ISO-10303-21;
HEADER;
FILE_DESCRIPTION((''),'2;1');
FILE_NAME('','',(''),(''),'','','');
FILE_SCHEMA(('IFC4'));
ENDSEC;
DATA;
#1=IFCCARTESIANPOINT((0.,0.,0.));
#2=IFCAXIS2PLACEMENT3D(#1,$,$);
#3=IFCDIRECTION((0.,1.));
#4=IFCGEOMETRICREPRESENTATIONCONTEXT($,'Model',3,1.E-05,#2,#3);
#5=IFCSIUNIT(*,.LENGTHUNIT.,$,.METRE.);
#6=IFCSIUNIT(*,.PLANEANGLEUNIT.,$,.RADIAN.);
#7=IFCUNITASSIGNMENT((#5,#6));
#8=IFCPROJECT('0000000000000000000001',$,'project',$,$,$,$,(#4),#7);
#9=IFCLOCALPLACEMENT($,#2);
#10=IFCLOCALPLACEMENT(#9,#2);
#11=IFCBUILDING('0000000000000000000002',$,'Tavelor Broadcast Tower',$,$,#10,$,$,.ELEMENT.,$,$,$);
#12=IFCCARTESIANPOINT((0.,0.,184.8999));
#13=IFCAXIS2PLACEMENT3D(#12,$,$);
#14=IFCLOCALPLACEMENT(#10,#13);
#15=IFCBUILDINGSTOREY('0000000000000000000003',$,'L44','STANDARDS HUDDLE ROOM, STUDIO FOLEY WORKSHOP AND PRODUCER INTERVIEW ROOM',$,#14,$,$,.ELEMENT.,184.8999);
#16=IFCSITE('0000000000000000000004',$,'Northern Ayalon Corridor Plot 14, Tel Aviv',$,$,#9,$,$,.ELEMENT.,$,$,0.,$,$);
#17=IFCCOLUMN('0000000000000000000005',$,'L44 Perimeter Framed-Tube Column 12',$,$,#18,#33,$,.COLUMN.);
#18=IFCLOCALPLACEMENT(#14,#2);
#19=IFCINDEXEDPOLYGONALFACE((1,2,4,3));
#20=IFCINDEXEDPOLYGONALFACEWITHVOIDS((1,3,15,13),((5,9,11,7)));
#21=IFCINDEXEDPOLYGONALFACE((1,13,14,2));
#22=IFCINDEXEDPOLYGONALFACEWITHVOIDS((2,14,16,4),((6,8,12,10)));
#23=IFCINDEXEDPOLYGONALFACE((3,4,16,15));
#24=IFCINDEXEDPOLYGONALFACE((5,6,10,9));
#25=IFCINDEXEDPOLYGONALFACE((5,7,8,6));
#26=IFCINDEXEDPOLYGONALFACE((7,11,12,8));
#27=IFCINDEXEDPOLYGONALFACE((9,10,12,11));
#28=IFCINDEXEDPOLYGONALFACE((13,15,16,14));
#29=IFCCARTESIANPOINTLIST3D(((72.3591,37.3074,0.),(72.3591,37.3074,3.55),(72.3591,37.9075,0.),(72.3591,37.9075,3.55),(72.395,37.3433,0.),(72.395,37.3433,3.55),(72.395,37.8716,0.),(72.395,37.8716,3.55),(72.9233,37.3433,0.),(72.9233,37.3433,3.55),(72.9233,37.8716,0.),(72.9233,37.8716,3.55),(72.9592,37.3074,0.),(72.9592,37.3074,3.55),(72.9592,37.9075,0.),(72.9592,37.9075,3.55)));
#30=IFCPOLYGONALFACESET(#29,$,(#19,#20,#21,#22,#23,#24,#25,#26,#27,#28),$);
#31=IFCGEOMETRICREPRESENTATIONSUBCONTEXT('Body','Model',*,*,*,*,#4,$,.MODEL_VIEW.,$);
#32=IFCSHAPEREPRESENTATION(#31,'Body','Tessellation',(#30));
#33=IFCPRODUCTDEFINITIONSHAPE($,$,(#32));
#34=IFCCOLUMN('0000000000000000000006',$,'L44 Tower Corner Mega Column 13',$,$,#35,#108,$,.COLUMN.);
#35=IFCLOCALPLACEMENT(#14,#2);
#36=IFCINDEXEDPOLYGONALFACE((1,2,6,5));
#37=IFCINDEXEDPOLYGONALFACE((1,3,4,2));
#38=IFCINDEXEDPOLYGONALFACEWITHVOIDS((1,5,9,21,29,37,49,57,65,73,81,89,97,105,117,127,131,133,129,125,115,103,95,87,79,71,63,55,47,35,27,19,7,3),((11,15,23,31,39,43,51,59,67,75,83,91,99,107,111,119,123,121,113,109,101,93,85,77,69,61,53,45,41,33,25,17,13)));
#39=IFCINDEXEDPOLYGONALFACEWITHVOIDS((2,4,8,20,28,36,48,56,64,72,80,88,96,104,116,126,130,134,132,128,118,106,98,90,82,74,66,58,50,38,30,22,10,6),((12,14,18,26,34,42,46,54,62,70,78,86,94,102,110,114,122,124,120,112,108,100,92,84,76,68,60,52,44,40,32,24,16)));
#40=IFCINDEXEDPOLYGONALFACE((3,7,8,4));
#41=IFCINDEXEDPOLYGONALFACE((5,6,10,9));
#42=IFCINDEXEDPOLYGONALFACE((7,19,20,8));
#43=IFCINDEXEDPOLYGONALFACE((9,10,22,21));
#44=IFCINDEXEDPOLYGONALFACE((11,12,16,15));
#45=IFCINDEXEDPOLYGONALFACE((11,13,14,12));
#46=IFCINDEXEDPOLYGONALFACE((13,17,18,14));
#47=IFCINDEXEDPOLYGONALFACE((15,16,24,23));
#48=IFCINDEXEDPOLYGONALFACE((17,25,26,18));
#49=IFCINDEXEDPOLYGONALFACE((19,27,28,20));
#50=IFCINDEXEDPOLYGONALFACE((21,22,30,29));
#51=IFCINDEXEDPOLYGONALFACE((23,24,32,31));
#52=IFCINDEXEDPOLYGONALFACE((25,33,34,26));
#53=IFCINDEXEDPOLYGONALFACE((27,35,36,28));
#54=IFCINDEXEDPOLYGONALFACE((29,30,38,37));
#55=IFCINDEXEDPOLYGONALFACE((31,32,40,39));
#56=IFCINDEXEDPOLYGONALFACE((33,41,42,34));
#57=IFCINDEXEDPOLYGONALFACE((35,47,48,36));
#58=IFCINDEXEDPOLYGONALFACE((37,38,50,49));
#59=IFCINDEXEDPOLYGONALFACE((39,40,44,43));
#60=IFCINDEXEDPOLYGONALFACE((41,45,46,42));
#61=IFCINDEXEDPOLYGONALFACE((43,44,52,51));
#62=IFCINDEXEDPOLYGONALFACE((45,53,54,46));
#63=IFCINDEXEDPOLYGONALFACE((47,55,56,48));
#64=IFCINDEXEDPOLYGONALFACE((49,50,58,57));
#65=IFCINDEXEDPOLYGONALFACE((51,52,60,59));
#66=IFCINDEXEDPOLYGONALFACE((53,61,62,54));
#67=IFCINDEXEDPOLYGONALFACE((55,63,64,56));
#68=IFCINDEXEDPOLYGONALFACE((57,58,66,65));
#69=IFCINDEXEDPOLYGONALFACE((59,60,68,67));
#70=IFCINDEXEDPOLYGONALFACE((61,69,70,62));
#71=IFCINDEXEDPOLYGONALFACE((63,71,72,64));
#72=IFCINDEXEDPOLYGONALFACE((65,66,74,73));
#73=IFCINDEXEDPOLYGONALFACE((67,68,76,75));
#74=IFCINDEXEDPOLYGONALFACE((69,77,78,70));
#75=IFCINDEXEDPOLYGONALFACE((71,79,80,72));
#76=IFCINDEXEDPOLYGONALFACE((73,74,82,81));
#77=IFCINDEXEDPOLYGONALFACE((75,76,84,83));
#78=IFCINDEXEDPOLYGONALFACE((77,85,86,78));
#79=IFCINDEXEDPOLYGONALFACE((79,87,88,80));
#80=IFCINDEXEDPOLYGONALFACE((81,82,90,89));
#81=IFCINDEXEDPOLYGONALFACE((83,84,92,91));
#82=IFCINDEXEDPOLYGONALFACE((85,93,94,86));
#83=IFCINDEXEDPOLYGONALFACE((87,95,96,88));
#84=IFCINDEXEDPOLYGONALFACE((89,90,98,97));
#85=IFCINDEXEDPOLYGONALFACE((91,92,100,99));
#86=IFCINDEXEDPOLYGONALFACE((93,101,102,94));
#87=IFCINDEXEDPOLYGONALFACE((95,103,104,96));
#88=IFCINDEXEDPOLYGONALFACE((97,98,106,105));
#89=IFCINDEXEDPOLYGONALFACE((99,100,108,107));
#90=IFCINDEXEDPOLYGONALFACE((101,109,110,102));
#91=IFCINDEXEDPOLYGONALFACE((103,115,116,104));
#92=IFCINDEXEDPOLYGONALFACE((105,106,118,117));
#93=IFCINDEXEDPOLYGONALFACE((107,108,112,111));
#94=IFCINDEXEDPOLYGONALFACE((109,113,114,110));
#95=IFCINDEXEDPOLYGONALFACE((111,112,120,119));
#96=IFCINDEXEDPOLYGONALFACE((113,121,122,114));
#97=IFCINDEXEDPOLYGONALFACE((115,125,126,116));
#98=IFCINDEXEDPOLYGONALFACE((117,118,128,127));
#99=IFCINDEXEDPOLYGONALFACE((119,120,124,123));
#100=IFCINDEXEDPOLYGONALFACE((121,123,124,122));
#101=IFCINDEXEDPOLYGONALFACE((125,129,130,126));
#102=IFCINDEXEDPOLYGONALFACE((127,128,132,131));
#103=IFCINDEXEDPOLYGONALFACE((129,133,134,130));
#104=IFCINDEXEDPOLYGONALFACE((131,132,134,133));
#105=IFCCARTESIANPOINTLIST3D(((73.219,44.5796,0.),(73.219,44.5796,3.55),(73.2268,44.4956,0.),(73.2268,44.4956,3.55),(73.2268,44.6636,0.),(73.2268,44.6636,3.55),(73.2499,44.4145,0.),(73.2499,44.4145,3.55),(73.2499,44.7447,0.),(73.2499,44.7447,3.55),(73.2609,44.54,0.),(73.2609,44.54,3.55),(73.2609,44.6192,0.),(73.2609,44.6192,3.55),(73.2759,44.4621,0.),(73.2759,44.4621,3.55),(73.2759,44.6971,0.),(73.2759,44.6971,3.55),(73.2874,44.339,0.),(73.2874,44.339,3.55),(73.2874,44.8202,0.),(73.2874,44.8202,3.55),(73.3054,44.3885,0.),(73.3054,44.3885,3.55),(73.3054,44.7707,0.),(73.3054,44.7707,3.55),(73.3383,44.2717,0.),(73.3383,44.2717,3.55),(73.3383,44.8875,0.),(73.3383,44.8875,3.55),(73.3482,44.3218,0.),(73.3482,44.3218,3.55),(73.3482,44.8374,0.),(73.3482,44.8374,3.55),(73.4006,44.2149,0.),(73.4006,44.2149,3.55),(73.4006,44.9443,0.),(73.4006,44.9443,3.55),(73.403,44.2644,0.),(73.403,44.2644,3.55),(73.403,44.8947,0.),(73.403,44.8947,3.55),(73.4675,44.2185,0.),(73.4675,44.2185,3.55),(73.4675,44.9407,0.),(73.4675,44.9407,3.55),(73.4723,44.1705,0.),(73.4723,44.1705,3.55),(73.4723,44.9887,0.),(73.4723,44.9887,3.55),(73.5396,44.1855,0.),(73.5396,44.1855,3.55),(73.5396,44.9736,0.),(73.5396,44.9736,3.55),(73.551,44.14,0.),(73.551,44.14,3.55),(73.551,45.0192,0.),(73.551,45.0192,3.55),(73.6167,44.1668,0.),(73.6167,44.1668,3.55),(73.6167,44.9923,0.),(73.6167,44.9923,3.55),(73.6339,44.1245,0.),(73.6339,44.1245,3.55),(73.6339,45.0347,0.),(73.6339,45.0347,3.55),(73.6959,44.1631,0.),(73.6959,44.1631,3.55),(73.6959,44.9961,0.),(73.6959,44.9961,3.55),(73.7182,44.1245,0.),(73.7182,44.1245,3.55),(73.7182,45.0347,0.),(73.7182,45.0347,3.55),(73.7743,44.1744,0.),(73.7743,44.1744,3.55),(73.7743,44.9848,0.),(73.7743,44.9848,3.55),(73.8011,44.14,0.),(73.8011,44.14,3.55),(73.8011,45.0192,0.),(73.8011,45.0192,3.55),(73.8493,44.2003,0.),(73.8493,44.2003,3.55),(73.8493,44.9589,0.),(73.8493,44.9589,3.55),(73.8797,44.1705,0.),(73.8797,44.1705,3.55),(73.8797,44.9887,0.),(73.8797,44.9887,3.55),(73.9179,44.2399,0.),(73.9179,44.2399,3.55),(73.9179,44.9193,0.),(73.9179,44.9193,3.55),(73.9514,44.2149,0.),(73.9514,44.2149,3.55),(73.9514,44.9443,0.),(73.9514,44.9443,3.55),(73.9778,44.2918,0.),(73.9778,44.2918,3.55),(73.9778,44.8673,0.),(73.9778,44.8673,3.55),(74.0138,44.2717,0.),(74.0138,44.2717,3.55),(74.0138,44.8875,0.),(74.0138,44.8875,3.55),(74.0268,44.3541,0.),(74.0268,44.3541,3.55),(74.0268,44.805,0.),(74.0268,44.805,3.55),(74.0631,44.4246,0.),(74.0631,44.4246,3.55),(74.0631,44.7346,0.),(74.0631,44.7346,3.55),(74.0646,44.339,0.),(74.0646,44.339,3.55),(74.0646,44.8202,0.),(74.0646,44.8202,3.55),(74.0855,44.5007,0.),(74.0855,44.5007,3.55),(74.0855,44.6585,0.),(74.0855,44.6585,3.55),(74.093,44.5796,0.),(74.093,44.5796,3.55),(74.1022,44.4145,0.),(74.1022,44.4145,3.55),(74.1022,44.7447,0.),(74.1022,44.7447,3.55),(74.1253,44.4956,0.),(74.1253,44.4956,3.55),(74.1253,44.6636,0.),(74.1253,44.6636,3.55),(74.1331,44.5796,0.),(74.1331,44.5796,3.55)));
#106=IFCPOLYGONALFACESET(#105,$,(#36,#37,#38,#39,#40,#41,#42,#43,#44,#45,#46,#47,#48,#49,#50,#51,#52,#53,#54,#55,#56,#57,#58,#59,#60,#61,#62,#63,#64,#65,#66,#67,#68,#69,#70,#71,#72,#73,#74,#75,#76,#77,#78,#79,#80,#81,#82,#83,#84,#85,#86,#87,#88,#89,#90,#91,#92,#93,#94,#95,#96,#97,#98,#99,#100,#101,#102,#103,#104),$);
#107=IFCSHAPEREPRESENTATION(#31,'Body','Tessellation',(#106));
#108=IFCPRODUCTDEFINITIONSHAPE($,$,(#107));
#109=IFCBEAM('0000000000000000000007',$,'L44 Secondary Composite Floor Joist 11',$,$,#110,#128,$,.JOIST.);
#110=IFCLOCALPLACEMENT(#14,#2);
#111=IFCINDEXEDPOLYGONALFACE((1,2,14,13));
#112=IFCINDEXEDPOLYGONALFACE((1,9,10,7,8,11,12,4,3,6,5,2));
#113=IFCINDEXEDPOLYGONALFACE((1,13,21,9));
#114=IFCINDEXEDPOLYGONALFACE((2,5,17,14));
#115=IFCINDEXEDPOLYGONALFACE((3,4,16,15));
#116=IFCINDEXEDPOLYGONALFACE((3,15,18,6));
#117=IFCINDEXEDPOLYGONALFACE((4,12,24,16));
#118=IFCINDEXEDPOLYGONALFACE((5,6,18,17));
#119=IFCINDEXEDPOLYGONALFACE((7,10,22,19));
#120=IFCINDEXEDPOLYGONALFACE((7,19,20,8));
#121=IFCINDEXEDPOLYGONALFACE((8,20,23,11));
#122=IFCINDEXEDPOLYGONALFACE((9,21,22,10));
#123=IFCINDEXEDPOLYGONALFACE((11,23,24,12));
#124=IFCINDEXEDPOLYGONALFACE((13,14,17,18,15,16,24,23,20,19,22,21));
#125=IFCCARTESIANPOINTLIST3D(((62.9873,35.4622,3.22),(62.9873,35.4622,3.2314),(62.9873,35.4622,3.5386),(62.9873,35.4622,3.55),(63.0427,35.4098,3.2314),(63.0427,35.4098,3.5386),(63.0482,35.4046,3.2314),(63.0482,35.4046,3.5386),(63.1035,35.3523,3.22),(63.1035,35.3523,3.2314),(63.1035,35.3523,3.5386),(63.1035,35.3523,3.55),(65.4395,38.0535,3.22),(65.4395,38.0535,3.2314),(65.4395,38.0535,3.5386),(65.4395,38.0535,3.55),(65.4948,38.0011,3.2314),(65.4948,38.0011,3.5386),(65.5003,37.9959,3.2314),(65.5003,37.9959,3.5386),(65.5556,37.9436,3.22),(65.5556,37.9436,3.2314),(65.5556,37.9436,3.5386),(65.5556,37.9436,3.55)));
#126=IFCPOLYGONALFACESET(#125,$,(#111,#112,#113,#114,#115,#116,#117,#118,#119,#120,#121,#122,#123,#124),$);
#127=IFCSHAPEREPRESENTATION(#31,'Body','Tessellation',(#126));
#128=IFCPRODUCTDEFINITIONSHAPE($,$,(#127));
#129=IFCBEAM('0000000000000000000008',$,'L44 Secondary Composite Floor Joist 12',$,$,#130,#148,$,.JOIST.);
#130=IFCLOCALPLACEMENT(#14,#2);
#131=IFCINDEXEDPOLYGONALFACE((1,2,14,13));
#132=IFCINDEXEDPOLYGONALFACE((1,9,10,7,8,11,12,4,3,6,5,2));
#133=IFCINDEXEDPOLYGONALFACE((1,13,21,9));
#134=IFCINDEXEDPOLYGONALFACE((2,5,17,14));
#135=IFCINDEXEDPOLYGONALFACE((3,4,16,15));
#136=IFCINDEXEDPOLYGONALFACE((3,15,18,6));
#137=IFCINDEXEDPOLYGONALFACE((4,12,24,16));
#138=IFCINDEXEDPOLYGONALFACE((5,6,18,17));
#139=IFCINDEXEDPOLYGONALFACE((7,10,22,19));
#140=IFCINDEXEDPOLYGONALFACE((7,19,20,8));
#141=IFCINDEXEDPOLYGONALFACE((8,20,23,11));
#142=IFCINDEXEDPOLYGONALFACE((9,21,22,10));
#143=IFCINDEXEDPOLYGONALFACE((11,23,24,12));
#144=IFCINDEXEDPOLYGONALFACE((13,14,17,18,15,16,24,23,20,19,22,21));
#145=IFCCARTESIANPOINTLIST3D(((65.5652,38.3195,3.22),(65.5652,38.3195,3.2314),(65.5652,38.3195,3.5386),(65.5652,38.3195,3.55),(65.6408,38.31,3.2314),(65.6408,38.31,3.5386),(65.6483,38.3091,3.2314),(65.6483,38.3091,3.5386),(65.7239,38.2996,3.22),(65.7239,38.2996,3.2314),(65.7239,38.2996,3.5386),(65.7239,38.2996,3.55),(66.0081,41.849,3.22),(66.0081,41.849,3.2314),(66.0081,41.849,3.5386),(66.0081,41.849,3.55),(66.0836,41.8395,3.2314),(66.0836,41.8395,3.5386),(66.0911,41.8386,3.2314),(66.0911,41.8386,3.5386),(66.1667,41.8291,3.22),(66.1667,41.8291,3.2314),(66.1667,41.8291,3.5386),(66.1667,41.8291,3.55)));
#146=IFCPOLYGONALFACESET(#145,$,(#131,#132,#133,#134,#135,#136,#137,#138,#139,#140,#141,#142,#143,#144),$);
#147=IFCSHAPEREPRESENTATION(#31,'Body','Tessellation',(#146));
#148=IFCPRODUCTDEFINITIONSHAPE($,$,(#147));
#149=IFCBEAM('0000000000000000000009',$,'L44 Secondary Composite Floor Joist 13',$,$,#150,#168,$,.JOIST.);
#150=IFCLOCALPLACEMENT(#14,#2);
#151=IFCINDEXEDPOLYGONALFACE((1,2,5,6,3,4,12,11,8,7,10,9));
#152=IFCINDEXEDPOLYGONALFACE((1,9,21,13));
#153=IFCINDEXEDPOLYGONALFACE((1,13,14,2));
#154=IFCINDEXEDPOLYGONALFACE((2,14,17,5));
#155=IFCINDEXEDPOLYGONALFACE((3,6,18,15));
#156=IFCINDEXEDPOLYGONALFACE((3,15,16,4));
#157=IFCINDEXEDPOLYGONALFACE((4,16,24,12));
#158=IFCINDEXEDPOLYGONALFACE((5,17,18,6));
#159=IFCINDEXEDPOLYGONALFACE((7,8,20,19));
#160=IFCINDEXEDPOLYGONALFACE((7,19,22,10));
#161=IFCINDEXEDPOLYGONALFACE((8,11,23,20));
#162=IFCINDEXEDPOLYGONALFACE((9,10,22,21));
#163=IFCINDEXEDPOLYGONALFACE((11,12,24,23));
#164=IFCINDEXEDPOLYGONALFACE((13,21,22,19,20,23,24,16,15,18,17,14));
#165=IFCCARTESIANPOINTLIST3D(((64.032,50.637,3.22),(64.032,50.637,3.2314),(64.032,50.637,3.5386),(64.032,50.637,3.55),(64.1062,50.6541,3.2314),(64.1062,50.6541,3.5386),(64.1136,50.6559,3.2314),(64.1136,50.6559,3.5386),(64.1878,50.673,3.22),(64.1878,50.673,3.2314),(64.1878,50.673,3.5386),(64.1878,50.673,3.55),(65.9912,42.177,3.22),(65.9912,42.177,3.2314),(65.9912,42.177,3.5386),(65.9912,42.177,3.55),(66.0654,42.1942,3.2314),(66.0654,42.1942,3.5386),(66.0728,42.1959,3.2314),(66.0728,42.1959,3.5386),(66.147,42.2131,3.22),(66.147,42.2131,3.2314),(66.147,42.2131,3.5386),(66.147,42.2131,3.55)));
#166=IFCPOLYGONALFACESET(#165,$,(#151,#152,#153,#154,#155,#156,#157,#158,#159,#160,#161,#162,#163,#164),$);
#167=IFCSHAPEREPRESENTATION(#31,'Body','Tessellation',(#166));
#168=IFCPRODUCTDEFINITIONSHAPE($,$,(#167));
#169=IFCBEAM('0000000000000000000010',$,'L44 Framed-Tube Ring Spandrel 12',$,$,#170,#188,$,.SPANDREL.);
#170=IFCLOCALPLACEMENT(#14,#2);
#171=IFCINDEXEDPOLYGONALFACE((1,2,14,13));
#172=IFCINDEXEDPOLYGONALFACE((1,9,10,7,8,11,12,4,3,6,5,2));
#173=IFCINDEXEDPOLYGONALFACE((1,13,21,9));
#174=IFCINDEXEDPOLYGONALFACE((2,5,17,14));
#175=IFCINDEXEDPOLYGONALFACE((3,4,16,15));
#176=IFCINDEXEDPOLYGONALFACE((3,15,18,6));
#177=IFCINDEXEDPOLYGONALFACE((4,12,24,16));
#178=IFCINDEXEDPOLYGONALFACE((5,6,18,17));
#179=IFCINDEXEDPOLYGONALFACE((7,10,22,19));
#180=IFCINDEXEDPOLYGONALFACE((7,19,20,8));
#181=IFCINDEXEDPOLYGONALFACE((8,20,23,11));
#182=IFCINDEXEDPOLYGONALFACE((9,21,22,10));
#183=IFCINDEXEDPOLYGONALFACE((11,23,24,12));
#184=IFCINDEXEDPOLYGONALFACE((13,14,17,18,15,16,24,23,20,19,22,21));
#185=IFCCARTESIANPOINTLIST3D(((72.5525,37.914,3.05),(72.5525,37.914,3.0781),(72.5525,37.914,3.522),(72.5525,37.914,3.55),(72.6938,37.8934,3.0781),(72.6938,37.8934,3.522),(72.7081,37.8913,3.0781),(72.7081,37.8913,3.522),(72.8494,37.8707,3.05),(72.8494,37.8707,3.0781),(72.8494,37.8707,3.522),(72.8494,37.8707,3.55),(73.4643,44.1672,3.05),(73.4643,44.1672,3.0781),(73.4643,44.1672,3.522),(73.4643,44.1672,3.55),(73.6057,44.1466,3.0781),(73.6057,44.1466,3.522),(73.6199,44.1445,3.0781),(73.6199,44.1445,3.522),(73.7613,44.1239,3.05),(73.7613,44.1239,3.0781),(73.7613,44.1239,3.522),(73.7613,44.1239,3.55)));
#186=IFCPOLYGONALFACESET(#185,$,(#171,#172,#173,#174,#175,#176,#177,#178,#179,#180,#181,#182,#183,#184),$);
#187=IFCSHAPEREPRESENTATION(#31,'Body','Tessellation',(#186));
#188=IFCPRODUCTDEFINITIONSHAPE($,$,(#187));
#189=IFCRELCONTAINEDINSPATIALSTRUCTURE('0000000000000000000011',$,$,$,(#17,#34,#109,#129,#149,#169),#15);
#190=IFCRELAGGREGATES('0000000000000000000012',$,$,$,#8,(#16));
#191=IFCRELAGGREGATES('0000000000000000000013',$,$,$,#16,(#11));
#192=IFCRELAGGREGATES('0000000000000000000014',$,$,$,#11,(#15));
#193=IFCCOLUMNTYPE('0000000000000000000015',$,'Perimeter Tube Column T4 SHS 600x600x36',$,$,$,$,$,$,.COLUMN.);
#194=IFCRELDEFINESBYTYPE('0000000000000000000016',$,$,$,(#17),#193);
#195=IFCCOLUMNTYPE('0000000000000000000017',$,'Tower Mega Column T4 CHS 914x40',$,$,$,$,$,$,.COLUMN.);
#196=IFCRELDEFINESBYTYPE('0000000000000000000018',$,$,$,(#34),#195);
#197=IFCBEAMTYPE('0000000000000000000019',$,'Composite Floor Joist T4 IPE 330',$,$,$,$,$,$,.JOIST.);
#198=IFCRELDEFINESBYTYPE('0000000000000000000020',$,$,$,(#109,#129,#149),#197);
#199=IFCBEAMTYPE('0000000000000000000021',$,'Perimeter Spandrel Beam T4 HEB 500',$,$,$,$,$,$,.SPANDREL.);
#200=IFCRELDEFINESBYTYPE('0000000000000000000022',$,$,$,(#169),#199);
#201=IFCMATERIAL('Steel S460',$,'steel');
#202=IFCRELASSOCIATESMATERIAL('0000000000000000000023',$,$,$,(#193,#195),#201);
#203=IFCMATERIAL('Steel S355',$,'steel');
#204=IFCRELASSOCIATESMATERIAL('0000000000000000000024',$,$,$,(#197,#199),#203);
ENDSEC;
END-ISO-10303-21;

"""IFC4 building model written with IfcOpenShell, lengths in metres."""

from ifc_helpers import new_model, si_unit, direction, frame, origin, origin_2d, place, context, subcontext, project, spatial, hollow_rectangle, hollow_circle, i_section, extrude, material, material_profile, profile_set, type_object, element, save


model = new_model("IFC4")

# Units and contexts
model_context = context("Model", 3, precision=1e-05, world=origin(), true_north=direction((0.0, 1.0)))
body_context = subcontext(model_context, "Body", "Model", "MODEL_VIEW")
ifc_project = project(units=[si_unit("LENGTHUNIT", "METRE"), si_unit("PLANEANGLEUNIT", "RADIAN")], contexts=[model_context])

# Site, building, storey
site_placement = place(None, origin())
site = spatial("IfcSite", under=ifc_project, at=site_placement, Name="Northern Ayalon Corridor Plot 14, Tel Aviv", CompositionType="ELEMENT", RefElevation=0.0)
building_placement = place(site_placement, origin())
building = spatial("IfcBuilding", under=site, at=building_placement, Name="Tavelor Broadcast Tower", CompositionType="ELEMENT")
storey_placement = place(building_placement, frame((0.0, 0.0, 184.8999)))
storey = spatial("IfcBuildingStorey", under=building, at=storey_placement, Name="L44", Description="STANDARDS HUDDLE ROOM, STUDIO FOLEY WORKSHOP AND PRODUCER INTERVIEW ROOM", CompositionType="ELEMENT", Elevation=184.8999)

# Columns
ifc_material_1 = material(Name="Steel S460", Category="steel")
ifc_material_profile_1 = material_profile(ifc_material_1, hollow_rectangle(XDim=0.6001, YDim=0.6001, WallThickness=0.0359, at=origin_2d()), Name="SHS 600x600x36")
ifc_profile_set_1 = profile_set([ifc_material_profile_1], Name="Steel S460")
column_type_1 = type_object("IfcColumnType", Name="Perimeter Tube Column T4 SHS 600x600x36", PredefinedType="COLUMN", material=ifc_profile_set_1)
column_1_placement = place(storey_placement, frame((72.6592, 37.6074, 0.0), z_axis=(0.0, 0.0, 1.0), x_axis=(1.0, 0.0, 0.0)))
element("IfcColumn", 1, at=column_1_placement, inside=storey, type_object=column_type_1, Name="L44 Perimeter Framed-Tube Column 12", PredefinedType="COLUMN", context=body_context, shape_type="SweptSolid", body=[
    extrude(hollow_rectangle(XDim=0.6001, YDim=0.6001, WallThickness=0.0359, at=origin_2d()), origin(), (0.0, 0.0, 1.0), 3.55),
])
ifc_material_profile_2 = material_profile(ifc_material_1, hollow_circle(Radius=0.457, WallThickness=0.04, at=origin_2d()), Name="CHS 914x40")
ifc_profile_set_2 = profile_set([ifc_material_profile_2], Name="Steel S460")
column_type_2 = type_object("IfcColumnType", Name="Tower Mega Column T4 CHS 914x40", PredefinedType="COLUMN", material=ifc_profile_set_2)
column_2_placement = place(storey_placement, frame((73.676, 44.5796, 0.0), z_axis=(0.0, 0.0, 1.0), x_axis=(1.0, 0.0, 0.0)))
element("IfcColumn", 2, at=column_2_placement, inside=storey, type_object=column_type_2, Name="L44 Tower Corner Mega Column 13", PredefinedType="COLUMN", context=body_context, shape_type="SweptSolid", body=[
    extrude(hollow_circle(Radius=0.457, WallThickness=0.04, at=origin_2d()), origin(), (0.0, 0.0, 1.0), 3.55),
])

# Beams
ifc_material_2 = material(Name="Steel S355", Category="steel")
ifc_material_profile_3 = material_profile(ifc_material_2, i_section(OverallWidth=0.1599, OverallDepth=0.3301, WebThickness=0.0076, FlangeThickness=0.0115, at=origin_2d()), Name="IPE 330")
ifc_profile_set_3 = profile_set([ifc_material_profile_3], Name="Steel S355")
beam_type_1 = type_object("IfcBeamType", Name="Composite Floor Joist T4 IPE 330", PredefinedType="JOIST", material=ifc_profile_set_3)
beam_1_placement = place(storey_placement, frame((63.0454, 35.4072, 3.385), z_axis=(0.687335, 0.726341, 0.0), x_axis=(-0.726341, 0.687335, 0.0)))
element("IfcBeam", 3, at=beam_1_placement, inside=storey, type_object=beam_type_1, Name="L44 Secondary Composite Floor Joist 11", PredefinedType="JOIST", context=body_context, shape_type="SweptSolid", body=[
    extrude(i_section(OverallWidth=0.1599, OverallDepth=0.3301, WebThickness=0.0076, FlangeThickness=0.0115, at=origin_2d()), origin(), (0.0, 0.0, 1.0), 3.5676),
])
beam_2_placement = place(storey_placement, frame((65.6445, 38.3096, 3.385), z_axis=(0.124499, 0.99222, 0.0), x_axis=(-0.99222, 0.124499, 0.0)))
element("IfcBeam", 4, at=beam_2_placement, inside=storey, type_object=beam_type_1, Name="L44 Secondary Composite Floor Joist 12", PredefinedType="JOIST", context=body_context, shape_type="SweptSolid", body=[
    extrude(i_section(OverallWidth=0.1599, OverallDepth=0.3301, WebThickness=0.0076, FlangeThickness=0.0115, at=origin_2d()), origin(), (0.0, 0.0, 1.0), 3.5571),
])
beam_3_placement = place(storey_placement, frame((66.0691, 42.1951, 3.385), z_axis=(-0.225617, 0.974216, 0.0), x_axis=(-0.974216, -0.225617, 0.0)))
element("IfcBeam", 5, at=beam_3_placement, inside=storey, type_object=beam_type_1, Name="L44 Secondary Composite Floor Joist 13", PredefinedType="JOIST", context=body_context, shape_type="SweptSolid", body=[
    extrude(i_section(OverallWidth=0.1599, OverallDepth=0.3301, WebThickness=0.0076, FlangeThickness=0.0115, at=origin_2d()), origin(), (0.0, 0.0, 1.0), 8.6838),
])
ifc_material_profile_4 = material_profile(ifc_material_2, i_section(OverallWidth=0.3, OverallDepth=0.5, WebThickness=0.0144, FlangeThickness=0.0281, at=origin_2d()), Name="HEB 500")
ifc_profile_set_4 = profile_set([ifc_material_profile_4], Name="Steel S355")
beam_type_2 = type_object("IfcBeamType", Name="Perimeter Spandrel Beam T4 HEB 500", PredefinedType="SPANDREL", material=ifc_profile_set_4)
beam_4_placement = place(storey_placement, frame((72.7009, 37.8923, 3.3), z_axis=(0.144298, 0.989534, 0.0), x_axis=(-0.989534, 0.144298, 0.0)))
element("IfcBeam", 6, at=beam_4_placement, inside=storey, type_object=beam_type_2, Name="L44 Framed-Tube Ring Spandrel 12", PredefinedType="SPANDREL", context=body_context, shape_type="SweptSolid", body=[
    extrude(i_section(OverallWidth=0.3, OverallDepth=0.5, WebThickness=0.0144, FlangeThickness=0.0281, at=origin_2d()), origin(), (0.0, 0.0, 1.0), 6.3193),
])

save(model, "model.ifc")
